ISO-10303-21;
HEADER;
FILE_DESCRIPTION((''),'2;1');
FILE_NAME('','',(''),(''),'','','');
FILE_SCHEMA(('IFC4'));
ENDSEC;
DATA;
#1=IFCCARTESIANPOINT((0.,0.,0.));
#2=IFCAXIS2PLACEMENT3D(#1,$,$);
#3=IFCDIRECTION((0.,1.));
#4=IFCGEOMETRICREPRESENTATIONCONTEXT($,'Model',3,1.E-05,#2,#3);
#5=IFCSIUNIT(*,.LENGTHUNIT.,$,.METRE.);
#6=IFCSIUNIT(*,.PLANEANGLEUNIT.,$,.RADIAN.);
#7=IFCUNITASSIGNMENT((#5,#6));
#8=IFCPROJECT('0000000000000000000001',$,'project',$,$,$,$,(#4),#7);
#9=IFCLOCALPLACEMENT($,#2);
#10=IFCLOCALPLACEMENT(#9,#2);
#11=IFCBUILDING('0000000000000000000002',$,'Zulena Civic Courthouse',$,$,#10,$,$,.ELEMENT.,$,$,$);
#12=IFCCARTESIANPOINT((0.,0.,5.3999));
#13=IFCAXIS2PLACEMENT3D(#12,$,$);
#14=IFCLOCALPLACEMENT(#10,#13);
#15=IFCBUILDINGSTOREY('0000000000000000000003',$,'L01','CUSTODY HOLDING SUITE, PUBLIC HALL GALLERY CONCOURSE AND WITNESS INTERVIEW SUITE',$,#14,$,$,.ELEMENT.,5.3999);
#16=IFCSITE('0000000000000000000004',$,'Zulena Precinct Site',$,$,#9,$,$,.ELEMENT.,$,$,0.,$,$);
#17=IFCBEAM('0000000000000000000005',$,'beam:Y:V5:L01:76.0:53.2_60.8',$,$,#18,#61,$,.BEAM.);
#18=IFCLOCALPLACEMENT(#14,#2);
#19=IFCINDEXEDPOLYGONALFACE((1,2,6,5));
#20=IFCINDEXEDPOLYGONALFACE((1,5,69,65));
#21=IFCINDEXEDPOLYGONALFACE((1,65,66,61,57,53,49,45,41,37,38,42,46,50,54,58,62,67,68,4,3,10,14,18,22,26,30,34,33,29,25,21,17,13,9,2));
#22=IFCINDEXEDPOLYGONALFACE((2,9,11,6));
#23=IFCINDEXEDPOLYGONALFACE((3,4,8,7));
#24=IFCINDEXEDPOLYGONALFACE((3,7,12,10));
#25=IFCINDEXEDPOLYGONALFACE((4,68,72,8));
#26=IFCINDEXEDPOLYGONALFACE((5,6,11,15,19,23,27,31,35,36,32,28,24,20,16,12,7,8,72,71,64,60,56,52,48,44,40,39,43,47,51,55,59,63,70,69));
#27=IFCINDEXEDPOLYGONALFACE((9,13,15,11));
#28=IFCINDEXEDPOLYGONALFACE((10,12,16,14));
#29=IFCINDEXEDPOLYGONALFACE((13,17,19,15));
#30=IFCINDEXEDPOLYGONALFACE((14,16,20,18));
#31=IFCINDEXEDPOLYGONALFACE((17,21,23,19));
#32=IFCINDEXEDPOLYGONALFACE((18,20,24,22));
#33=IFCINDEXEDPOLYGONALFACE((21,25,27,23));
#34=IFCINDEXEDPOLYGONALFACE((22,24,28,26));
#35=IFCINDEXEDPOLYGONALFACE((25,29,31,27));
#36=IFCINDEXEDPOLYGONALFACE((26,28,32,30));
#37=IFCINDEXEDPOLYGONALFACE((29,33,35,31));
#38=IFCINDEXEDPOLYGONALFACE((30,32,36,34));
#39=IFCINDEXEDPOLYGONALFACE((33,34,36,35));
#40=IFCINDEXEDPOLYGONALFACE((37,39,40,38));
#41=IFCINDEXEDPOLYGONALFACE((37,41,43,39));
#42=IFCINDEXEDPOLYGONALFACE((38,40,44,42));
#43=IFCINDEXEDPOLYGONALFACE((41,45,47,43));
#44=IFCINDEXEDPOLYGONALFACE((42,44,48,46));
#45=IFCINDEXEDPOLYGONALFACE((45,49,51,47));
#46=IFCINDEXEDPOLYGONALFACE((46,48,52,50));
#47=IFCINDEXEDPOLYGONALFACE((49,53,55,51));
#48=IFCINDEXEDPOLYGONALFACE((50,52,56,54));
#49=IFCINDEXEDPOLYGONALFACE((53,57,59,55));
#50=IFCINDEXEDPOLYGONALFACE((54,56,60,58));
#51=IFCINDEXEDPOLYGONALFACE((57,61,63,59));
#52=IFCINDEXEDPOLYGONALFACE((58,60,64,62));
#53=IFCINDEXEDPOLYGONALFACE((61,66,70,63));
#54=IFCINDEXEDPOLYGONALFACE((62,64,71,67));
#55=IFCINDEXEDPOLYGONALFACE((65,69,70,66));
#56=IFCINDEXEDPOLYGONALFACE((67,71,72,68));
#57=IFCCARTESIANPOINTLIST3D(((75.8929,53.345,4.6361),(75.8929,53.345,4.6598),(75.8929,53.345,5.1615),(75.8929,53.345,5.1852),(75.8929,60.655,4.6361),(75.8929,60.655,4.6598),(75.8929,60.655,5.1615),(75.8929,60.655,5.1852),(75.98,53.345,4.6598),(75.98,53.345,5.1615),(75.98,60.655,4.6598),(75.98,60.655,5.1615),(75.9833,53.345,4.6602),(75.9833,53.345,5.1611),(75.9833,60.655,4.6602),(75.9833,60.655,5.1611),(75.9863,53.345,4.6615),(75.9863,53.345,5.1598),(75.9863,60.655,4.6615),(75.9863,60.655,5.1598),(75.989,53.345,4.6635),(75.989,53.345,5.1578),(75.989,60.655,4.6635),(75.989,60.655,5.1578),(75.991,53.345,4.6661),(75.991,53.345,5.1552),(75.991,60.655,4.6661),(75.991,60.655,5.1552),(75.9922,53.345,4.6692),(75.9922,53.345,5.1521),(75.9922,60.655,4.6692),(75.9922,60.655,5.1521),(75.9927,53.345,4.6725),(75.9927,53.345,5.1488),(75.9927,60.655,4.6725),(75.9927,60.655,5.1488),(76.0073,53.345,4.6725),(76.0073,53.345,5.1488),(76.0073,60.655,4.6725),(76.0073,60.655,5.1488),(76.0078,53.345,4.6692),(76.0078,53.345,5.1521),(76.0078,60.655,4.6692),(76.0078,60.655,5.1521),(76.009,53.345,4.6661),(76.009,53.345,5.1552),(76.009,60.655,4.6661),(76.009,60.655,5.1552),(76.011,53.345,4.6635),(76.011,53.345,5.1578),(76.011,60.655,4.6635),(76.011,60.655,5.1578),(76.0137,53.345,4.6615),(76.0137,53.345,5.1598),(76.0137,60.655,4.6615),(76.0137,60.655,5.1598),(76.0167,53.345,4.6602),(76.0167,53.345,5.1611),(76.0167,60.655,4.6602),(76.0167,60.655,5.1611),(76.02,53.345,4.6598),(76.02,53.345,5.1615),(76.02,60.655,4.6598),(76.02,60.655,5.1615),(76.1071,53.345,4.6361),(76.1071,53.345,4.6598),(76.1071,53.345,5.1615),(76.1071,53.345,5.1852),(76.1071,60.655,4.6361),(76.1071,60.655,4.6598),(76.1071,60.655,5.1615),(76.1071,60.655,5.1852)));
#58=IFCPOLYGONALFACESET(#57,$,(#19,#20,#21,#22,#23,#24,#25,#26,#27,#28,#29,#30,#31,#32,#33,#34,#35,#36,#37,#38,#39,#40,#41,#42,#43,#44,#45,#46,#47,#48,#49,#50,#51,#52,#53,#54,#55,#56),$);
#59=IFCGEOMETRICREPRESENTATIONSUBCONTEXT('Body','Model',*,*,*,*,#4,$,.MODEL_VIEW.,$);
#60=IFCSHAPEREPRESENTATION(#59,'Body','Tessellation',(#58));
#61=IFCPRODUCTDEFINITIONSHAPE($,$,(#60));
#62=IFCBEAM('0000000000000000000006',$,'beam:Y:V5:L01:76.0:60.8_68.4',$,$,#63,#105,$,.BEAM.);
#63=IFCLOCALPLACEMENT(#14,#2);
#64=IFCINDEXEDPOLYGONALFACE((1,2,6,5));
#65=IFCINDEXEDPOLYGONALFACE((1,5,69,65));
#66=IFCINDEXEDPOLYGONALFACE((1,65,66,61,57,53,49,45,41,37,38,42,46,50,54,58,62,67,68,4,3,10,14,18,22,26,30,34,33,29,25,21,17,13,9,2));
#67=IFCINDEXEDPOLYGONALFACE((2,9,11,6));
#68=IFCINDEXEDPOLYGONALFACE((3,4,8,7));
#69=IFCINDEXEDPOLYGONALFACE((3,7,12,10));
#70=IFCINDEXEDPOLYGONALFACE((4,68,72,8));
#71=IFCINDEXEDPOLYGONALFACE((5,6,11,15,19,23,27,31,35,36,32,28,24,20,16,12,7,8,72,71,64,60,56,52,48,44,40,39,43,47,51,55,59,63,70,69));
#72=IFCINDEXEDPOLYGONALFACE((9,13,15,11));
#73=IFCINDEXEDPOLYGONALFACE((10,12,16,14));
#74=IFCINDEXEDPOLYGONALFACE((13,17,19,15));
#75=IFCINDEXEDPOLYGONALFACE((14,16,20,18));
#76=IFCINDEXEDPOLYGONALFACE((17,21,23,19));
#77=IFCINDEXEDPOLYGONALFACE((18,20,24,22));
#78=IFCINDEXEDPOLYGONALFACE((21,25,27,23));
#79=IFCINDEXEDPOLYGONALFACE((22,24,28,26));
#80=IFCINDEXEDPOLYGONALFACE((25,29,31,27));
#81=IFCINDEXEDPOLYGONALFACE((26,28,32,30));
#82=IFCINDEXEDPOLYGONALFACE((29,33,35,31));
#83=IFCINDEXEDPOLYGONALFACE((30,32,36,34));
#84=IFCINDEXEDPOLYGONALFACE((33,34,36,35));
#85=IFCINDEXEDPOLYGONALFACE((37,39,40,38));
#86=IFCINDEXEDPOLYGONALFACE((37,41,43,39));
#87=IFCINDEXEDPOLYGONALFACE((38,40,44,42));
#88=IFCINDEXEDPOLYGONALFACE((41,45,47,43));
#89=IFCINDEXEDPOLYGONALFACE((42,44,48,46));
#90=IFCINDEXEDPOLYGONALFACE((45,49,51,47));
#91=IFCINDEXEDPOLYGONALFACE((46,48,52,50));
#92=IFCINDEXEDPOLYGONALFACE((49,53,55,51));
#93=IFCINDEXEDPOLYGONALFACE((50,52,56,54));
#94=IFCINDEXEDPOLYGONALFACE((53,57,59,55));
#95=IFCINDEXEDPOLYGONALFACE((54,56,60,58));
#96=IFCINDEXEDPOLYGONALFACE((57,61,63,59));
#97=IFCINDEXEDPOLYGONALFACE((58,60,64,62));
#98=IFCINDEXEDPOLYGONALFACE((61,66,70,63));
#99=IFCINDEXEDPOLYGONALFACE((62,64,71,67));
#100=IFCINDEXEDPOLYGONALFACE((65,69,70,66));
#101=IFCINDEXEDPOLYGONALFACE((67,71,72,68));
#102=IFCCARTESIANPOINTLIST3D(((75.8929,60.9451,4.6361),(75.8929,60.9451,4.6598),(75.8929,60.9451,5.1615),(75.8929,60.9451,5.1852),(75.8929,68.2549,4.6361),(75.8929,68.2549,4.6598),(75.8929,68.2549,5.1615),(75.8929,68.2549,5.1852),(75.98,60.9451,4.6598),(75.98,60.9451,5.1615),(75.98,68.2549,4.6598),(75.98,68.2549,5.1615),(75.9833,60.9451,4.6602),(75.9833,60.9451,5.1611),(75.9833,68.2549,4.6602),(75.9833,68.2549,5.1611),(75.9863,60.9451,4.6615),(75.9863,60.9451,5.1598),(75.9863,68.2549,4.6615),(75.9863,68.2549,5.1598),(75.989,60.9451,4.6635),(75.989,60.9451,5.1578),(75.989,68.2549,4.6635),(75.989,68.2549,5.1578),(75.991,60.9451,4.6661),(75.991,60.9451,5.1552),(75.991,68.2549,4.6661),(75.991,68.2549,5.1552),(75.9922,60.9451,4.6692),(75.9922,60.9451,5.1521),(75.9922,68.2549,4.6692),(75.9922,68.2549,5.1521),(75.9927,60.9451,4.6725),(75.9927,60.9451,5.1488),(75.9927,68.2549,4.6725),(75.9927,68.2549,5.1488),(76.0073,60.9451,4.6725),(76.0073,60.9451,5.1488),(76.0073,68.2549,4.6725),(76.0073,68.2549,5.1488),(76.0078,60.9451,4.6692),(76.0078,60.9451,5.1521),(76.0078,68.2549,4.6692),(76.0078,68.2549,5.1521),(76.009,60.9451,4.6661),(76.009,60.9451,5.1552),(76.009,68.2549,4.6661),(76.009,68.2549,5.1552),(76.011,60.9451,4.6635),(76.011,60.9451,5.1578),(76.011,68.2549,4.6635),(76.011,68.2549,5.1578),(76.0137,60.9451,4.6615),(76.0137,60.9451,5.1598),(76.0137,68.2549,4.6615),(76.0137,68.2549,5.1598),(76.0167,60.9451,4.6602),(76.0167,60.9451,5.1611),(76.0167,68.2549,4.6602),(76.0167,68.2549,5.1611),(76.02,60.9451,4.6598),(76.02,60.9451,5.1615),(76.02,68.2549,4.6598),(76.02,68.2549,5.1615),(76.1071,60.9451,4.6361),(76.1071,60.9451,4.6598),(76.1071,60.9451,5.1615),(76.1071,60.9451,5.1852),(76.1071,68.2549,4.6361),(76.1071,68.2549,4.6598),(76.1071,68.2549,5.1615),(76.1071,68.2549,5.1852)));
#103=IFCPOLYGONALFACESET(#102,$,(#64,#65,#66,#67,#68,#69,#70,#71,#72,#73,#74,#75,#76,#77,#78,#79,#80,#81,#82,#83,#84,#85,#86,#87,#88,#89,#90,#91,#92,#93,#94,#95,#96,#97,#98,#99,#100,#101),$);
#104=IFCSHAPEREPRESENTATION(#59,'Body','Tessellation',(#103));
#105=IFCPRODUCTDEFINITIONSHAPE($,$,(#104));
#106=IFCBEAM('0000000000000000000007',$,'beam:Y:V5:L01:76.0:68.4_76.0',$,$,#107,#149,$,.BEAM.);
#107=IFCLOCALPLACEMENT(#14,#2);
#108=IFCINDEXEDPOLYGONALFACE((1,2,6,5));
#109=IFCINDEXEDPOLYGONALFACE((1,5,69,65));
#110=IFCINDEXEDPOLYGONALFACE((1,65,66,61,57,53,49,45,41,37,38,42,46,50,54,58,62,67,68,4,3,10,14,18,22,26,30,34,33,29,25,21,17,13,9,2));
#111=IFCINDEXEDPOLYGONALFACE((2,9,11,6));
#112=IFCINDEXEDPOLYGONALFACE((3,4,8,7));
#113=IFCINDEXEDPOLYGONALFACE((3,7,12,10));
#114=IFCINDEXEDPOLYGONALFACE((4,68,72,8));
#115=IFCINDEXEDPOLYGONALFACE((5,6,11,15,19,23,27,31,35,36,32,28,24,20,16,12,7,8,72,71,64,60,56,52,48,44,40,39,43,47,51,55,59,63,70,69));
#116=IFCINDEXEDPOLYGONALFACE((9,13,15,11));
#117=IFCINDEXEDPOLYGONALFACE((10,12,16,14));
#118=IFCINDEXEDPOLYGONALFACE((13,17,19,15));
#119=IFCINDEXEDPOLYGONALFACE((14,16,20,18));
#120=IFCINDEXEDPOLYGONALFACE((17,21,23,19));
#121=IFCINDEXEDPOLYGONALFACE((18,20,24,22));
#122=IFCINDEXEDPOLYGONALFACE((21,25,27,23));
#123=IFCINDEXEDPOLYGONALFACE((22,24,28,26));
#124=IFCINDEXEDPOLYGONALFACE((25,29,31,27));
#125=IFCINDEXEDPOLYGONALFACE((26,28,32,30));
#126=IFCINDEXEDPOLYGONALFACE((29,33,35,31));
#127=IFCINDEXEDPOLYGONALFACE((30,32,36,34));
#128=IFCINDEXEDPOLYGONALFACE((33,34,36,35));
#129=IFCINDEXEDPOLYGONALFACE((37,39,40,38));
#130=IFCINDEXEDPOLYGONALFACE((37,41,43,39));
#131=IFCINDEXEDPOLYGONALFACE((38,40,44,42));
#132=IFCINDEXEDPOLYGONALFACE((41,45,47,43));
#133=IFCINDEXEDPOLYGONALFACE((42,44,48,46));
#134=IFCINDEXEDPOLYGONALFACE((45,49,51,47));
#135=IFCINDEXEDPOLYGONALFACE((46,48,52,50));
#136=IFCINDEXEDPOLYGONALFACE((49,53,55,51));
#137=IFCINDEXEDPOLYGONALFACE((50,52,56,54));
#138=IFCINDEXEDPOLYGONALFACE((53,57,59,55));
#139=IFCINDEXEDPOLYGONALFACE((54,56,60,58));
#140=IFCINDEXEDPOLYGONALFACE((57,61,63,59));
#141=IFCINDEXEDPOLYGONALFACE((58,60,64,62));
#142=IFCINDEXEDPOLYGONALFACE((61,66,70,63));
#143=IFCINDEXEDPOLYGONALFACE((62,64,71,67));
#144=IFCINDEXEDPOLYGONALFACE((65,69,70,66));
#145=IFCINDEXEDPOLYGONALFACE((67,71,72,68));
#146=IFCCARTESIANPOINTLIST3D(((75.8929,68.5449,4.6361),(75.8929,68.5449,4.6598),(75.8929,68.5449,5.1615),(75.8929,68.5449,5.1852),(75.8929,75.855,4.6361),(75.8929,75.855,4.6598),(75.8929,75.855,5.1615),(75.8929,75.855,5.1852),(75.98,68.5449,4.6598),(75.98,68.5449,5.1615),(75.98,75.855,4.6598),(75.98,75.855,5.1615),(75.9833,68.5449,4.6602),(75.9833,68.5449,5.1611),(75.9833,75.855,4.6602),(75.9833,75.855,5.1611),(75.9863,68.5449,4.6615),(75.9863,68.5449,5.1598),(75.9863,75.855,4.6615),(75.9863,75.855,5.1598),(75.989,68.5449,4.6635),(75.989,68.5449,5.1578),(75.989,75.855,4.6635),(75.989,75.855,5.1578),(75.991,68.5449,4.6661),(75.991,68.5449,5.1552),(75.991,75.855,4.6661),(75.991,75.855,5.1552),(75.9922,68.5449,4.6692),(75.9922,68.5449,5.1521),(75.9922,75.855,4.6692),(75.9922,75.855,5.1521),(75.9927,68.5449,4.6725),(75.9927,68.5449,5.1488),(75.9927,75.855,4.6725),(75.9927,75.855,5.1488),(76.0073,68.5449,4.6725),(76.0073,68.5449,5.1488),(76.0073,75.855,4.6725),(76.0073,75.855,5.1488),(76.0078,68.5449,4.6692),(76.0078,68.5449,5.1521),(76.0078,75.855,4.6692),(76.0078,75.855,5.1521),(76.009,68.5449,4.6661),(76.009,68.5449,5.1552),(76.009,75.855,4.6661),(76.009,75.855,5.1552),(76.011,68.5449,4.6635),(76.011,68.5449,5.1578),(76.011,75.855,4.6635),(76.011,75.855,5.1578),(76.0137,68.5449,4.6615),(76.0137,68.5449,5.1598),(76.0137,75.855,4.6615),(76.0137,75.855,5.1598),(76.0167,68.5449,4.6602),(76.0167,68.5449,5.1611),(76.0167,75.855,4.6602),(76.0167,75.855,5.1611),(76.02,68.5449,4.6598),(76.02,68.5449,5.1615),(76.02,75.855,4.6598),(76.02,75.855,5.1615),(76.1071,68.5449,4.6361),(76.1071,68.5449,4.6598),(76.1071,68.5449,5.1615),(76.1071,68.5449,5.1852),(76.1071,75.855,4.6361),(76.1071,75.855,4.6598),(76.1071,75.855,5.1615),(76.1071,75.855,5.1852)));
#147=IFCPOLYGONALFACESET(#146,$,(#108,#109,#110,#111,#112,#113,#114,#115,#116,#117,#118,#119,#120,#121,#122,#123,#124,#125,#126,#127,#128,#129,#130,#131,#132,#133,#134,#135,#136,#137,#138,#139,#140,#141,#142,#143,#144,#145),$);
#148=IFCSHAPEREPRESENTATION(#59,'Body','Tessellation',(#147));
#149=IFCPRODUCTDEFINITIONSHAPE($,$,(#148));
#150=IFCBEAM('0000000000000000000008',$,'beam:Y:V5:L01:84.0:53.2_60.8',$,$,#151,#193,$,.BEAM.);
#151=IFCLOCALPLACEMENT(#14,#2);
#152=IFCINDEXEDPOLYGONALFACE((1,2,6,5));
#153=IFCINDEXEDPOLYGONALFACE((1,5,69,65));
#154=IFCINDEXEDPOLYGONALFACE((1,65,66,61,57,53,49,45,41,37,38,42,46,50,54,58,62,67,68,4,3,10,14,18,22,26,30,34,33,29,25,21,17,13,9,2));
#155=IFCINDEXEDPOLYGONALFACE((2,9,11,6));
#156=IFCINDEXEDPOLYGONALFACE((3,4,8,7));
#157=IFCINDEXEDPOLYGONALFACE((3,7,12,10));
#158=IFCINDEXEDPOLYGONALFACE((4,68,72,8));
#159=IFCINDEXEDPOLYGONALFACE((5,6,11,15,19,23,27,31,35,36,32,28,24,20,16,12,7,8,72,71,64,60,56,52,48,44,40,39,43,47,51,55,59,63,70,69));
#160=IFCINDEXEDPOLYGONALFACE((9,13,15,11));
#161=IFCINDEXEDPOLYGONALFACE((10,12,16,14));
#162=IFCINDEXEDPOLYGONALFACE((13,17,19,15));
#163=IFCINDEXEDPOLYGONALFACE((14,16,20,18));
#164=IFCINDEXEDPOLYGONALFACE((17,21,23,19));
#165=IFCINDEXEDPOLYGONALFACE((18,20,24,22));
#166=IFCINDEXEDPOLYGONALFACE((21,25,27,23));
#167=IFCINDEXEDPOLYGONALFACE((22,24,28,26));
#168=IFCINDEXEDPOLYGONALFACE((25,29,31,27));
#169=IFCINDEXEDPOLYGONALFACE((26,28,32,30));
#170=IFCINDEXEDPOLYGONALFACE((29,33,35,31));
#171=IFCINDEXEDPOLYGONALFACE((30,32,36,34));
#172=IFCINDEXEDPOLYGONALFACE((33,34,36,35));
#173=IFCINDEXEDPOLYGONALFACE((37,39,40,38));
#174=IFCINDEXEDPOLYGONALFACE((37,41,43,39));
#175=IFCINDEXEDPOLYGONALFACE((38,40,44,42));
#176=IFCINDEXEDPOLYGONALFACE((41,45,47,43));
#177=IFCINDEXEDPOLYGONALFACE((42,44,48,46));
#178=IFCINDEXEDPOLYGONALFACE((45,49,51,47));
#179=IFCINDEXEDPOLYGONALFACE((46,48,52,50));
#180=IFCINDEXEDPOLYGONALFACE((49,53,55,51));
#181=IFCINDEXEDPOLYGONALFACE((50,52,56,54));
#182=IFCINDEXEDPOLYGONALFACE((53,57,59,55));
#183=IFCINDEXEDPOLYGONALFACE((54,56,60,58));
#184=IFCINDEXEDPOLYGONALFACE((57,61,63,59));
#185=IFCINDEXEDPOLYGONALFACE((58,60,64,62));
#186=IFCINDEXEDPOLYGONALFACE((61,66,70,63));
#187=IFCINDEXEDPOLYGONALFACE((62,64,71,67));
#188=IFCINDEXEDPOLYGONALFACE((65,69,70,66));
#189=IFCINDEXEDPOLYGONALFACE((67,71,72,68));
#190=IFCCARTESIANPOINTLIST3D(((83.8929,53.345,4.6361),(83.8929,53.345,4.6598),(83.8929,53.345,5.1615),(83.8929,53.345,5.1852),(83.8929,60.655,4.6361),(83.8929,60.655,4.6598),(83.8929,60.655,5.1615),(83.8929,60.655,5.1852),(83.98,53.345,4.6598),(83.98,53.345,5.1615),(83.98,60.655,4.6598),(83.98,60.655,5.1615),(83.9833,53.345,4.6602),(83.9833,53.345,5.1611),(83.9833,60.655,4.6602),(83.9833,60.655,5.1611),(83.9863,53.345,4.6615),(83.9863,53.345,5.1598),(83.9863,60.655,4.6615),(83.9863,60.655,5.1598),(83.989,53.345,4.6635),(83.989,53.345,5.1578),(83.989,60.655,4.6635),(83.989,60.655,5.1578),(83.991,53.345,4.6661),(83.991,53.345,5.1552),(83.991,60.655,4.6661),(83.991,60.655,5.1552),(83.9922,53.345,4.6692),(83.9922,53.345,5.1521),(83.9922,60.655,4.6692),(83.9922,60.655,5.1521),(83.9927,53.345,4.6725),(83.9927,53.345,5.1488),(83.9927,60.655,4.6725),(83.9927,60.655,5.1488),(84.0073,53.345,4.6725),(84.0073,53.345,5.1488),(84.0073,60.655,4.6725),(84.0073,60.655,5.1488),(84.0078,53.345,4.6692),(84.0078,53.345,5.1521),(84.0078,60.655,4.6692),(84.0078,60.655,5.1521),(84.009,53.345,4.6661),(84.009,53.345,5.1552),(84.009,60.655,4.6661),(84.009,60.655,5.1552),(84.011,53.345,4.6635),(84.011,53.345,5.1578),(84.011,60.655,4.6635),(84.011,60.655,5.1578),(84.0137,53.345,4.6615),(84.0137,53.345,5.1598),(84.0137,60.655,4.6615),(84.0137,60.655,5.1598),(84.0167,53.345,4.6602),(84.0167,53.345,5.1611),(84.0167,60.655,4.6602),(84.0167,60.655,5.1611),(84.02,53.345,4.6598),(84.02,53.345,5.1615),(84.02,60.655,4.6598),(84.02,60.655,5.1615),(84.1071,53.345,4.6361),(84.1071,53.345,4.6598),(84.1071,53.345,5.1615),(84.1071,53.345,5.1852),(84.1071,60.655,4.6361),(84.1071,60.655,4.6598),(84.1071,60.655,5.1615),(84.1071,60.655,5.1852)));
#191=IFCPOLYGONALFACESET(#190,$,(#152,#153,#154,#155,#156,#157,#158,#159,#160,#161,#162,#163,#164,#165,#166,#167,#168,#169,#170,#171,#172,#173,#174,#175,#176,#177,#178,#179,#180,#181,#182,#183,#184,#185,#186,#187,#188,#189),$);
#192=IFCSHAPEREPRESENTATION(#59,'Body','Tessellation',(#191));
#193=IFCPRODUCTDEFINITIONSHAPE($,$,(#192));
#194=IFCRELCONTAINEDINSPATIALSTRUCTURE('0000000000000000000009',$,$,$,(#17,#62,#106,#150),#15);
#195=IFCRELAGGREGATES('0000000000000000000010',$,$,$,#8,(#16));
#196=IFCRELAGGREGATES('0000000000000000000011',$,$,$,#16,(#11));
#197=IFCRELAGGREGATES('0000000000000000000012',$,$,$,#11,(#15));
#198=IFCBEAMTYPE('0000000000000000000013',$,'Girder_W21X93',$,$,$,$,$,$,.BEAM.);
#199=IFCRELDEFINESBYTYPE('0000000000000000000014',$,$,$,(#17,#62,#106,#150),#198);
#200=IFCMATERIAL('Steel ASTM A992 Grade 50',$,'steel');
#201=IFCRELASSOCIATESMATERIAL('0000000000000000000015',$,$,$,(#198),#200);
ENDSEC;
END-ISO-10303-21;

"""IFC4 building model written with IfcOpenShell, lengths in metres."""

from ifc_helpers import new_model, si_unit, direction, frame, origin, origin_2d, place, context, subcontext, project, spatial, i_section, extrude, material, material_profile, profile_set, type_object, element, save


model = new_model("IFC4")

# Units and contexts
model_context = context("Model", 3, precision=1e-05, world=origin(), true_north=direction((0.0, 1.0)))
body_context = subcontext(model_context, "Body", "Model", "MODEL_VIEW")
ifc_project = project(units=[si_unit("LENGTHUNIT", "METRE"), si_unit("PLANEANGLEUNIT", "RADIAN")], contexts=[model_context])

# Site, building, storey
site_placement = place(None, origin())
site = spatial("IfcSite", under=ifc_project, at=site_placement, Name="Zulena Precinct Site", CompositionType="ELEMENT", RefElevation=0.0)
building_placement = place(site_placement, origin())
building = spatial("IfcBuilding", under=site, at=building_placement, Name="Zulena Civic Courthouse", CompositionType="ELEMENT")
storey_placement = place(building_placement, frame((0.0, 0.0, 5.3999)))
storey = spatial("IfcBuildingStorey", under=building, at=storey_placement, Name="L01", Description="CUSTODY HOLDING SUITE, PUBLIC HALL GALLERY CONCOURSE AND WITNESS INTERVIEW SUITE", CompositionType="ELEMENT", Elevation=5.3999)

# Shared definitions
ifc_material_1 = material(Name="Steel ASTM A992 Grade 50", Category="steel")

# Beams
ifc_material_profile_1 = material_profile(ifc_material_1, i_section(OverallWidth=0.2141, OverallDepth=0.5491, WebThickness=0.0146, FlangeThickness=0.0237, FilletRadius=0.0127, at=origin_2d()), Name="W21X93")
ifc_profile_set_1 = profile_set([ifc_material_profile_1], Name="Steel ASTM A992 Grade 50")
beam_type_1 = type_object("IfcBeamType", Name="Girder_W21X93", PredefinedType="BEAM", material=ifc_profile_set_1)
beam_1_placement = place(storey_placement, frame((76.0, 53.345, 4.9106), z_axis=(0.0, 1.0, 0.0), x_axis=(-1.0, 0.0, 0.0)))
element("IfcBeam", 1, at=beam_1_placement, inside=storey, type_object=beam_type_1, Name="beam:Y:V5:L01:76.0:53.2_60.8", PredefinedType="BEAM", context=body_context, shape_type="SweptSolid", body=[
    extrude(i_section(OverallWidth=0.2141, OverallDepth=0.5491, WebThickness=0.0146, FlangeThickness=0.0237, FilletRadius=0.0127, at=origin_2d()), origin(), (0.0, 0.0, 1.0), 7.3101),
])
beam_2_placement = place(storey_placement, frame((76.0, 60.9451, 4.9106), z_axis=(0.0, 1.0, 0.0), x_axis=(-1.0, 0.0, 0.0)))
element("IfcBeam", 2, at=beam_2_placement, inside=storey, type_object=beam_type_1, Name="beam:Y:V5:L01:76.0:60.8_68.4", PredefinedType="BEAM", context=body_context, shape_type="SweptSolid", body=[
    extrude(i_section(OverallWidth=0.2141, OverallDepth=0.5491, WebThickness=0.0146, FlangeThickness=0.0237, FilletRadius=0.0127, at=origin_2d()), origin(), (0.0, 0.0, 1.0), 7.3098),
])
for number, where, z_axis, x_axis, name in (
    (3, (76.0, 68.5449, 4.9106), (0.0, 1.0, 0.0), (-1.0, 0.0, 0.0), "beam:Y:V5:L01:76.0:68.4_76.0"),
    (4, (84.0, 53.345, 4.9106), (0.0, 1.0, 0.0), (-1.0, 0.0, 0.0), "beam:Y:V5:L01:84.0:53.2_60.8"),
):
    element("IfcBeam", number, at=place(storey_placement, frame(where, z_axis=z_axis, x_axis=x_axis)), inside=storey, type_object=beam_type_1, Name=name, PredefinedType="BEAM", context=body_context, shape_type="SweptSolid", body=[
        extrude(i_section(OverallWidth=0.2141, OverallDepth=0.5491, WebThickness=0.0146, FlangeThickness=0.0237, FilletRadius=0.0127, at=origin_2d()), origin(), (0.0, 0.0, 1.0), 7.3101),
    ])

save(model, "model.ifc")
